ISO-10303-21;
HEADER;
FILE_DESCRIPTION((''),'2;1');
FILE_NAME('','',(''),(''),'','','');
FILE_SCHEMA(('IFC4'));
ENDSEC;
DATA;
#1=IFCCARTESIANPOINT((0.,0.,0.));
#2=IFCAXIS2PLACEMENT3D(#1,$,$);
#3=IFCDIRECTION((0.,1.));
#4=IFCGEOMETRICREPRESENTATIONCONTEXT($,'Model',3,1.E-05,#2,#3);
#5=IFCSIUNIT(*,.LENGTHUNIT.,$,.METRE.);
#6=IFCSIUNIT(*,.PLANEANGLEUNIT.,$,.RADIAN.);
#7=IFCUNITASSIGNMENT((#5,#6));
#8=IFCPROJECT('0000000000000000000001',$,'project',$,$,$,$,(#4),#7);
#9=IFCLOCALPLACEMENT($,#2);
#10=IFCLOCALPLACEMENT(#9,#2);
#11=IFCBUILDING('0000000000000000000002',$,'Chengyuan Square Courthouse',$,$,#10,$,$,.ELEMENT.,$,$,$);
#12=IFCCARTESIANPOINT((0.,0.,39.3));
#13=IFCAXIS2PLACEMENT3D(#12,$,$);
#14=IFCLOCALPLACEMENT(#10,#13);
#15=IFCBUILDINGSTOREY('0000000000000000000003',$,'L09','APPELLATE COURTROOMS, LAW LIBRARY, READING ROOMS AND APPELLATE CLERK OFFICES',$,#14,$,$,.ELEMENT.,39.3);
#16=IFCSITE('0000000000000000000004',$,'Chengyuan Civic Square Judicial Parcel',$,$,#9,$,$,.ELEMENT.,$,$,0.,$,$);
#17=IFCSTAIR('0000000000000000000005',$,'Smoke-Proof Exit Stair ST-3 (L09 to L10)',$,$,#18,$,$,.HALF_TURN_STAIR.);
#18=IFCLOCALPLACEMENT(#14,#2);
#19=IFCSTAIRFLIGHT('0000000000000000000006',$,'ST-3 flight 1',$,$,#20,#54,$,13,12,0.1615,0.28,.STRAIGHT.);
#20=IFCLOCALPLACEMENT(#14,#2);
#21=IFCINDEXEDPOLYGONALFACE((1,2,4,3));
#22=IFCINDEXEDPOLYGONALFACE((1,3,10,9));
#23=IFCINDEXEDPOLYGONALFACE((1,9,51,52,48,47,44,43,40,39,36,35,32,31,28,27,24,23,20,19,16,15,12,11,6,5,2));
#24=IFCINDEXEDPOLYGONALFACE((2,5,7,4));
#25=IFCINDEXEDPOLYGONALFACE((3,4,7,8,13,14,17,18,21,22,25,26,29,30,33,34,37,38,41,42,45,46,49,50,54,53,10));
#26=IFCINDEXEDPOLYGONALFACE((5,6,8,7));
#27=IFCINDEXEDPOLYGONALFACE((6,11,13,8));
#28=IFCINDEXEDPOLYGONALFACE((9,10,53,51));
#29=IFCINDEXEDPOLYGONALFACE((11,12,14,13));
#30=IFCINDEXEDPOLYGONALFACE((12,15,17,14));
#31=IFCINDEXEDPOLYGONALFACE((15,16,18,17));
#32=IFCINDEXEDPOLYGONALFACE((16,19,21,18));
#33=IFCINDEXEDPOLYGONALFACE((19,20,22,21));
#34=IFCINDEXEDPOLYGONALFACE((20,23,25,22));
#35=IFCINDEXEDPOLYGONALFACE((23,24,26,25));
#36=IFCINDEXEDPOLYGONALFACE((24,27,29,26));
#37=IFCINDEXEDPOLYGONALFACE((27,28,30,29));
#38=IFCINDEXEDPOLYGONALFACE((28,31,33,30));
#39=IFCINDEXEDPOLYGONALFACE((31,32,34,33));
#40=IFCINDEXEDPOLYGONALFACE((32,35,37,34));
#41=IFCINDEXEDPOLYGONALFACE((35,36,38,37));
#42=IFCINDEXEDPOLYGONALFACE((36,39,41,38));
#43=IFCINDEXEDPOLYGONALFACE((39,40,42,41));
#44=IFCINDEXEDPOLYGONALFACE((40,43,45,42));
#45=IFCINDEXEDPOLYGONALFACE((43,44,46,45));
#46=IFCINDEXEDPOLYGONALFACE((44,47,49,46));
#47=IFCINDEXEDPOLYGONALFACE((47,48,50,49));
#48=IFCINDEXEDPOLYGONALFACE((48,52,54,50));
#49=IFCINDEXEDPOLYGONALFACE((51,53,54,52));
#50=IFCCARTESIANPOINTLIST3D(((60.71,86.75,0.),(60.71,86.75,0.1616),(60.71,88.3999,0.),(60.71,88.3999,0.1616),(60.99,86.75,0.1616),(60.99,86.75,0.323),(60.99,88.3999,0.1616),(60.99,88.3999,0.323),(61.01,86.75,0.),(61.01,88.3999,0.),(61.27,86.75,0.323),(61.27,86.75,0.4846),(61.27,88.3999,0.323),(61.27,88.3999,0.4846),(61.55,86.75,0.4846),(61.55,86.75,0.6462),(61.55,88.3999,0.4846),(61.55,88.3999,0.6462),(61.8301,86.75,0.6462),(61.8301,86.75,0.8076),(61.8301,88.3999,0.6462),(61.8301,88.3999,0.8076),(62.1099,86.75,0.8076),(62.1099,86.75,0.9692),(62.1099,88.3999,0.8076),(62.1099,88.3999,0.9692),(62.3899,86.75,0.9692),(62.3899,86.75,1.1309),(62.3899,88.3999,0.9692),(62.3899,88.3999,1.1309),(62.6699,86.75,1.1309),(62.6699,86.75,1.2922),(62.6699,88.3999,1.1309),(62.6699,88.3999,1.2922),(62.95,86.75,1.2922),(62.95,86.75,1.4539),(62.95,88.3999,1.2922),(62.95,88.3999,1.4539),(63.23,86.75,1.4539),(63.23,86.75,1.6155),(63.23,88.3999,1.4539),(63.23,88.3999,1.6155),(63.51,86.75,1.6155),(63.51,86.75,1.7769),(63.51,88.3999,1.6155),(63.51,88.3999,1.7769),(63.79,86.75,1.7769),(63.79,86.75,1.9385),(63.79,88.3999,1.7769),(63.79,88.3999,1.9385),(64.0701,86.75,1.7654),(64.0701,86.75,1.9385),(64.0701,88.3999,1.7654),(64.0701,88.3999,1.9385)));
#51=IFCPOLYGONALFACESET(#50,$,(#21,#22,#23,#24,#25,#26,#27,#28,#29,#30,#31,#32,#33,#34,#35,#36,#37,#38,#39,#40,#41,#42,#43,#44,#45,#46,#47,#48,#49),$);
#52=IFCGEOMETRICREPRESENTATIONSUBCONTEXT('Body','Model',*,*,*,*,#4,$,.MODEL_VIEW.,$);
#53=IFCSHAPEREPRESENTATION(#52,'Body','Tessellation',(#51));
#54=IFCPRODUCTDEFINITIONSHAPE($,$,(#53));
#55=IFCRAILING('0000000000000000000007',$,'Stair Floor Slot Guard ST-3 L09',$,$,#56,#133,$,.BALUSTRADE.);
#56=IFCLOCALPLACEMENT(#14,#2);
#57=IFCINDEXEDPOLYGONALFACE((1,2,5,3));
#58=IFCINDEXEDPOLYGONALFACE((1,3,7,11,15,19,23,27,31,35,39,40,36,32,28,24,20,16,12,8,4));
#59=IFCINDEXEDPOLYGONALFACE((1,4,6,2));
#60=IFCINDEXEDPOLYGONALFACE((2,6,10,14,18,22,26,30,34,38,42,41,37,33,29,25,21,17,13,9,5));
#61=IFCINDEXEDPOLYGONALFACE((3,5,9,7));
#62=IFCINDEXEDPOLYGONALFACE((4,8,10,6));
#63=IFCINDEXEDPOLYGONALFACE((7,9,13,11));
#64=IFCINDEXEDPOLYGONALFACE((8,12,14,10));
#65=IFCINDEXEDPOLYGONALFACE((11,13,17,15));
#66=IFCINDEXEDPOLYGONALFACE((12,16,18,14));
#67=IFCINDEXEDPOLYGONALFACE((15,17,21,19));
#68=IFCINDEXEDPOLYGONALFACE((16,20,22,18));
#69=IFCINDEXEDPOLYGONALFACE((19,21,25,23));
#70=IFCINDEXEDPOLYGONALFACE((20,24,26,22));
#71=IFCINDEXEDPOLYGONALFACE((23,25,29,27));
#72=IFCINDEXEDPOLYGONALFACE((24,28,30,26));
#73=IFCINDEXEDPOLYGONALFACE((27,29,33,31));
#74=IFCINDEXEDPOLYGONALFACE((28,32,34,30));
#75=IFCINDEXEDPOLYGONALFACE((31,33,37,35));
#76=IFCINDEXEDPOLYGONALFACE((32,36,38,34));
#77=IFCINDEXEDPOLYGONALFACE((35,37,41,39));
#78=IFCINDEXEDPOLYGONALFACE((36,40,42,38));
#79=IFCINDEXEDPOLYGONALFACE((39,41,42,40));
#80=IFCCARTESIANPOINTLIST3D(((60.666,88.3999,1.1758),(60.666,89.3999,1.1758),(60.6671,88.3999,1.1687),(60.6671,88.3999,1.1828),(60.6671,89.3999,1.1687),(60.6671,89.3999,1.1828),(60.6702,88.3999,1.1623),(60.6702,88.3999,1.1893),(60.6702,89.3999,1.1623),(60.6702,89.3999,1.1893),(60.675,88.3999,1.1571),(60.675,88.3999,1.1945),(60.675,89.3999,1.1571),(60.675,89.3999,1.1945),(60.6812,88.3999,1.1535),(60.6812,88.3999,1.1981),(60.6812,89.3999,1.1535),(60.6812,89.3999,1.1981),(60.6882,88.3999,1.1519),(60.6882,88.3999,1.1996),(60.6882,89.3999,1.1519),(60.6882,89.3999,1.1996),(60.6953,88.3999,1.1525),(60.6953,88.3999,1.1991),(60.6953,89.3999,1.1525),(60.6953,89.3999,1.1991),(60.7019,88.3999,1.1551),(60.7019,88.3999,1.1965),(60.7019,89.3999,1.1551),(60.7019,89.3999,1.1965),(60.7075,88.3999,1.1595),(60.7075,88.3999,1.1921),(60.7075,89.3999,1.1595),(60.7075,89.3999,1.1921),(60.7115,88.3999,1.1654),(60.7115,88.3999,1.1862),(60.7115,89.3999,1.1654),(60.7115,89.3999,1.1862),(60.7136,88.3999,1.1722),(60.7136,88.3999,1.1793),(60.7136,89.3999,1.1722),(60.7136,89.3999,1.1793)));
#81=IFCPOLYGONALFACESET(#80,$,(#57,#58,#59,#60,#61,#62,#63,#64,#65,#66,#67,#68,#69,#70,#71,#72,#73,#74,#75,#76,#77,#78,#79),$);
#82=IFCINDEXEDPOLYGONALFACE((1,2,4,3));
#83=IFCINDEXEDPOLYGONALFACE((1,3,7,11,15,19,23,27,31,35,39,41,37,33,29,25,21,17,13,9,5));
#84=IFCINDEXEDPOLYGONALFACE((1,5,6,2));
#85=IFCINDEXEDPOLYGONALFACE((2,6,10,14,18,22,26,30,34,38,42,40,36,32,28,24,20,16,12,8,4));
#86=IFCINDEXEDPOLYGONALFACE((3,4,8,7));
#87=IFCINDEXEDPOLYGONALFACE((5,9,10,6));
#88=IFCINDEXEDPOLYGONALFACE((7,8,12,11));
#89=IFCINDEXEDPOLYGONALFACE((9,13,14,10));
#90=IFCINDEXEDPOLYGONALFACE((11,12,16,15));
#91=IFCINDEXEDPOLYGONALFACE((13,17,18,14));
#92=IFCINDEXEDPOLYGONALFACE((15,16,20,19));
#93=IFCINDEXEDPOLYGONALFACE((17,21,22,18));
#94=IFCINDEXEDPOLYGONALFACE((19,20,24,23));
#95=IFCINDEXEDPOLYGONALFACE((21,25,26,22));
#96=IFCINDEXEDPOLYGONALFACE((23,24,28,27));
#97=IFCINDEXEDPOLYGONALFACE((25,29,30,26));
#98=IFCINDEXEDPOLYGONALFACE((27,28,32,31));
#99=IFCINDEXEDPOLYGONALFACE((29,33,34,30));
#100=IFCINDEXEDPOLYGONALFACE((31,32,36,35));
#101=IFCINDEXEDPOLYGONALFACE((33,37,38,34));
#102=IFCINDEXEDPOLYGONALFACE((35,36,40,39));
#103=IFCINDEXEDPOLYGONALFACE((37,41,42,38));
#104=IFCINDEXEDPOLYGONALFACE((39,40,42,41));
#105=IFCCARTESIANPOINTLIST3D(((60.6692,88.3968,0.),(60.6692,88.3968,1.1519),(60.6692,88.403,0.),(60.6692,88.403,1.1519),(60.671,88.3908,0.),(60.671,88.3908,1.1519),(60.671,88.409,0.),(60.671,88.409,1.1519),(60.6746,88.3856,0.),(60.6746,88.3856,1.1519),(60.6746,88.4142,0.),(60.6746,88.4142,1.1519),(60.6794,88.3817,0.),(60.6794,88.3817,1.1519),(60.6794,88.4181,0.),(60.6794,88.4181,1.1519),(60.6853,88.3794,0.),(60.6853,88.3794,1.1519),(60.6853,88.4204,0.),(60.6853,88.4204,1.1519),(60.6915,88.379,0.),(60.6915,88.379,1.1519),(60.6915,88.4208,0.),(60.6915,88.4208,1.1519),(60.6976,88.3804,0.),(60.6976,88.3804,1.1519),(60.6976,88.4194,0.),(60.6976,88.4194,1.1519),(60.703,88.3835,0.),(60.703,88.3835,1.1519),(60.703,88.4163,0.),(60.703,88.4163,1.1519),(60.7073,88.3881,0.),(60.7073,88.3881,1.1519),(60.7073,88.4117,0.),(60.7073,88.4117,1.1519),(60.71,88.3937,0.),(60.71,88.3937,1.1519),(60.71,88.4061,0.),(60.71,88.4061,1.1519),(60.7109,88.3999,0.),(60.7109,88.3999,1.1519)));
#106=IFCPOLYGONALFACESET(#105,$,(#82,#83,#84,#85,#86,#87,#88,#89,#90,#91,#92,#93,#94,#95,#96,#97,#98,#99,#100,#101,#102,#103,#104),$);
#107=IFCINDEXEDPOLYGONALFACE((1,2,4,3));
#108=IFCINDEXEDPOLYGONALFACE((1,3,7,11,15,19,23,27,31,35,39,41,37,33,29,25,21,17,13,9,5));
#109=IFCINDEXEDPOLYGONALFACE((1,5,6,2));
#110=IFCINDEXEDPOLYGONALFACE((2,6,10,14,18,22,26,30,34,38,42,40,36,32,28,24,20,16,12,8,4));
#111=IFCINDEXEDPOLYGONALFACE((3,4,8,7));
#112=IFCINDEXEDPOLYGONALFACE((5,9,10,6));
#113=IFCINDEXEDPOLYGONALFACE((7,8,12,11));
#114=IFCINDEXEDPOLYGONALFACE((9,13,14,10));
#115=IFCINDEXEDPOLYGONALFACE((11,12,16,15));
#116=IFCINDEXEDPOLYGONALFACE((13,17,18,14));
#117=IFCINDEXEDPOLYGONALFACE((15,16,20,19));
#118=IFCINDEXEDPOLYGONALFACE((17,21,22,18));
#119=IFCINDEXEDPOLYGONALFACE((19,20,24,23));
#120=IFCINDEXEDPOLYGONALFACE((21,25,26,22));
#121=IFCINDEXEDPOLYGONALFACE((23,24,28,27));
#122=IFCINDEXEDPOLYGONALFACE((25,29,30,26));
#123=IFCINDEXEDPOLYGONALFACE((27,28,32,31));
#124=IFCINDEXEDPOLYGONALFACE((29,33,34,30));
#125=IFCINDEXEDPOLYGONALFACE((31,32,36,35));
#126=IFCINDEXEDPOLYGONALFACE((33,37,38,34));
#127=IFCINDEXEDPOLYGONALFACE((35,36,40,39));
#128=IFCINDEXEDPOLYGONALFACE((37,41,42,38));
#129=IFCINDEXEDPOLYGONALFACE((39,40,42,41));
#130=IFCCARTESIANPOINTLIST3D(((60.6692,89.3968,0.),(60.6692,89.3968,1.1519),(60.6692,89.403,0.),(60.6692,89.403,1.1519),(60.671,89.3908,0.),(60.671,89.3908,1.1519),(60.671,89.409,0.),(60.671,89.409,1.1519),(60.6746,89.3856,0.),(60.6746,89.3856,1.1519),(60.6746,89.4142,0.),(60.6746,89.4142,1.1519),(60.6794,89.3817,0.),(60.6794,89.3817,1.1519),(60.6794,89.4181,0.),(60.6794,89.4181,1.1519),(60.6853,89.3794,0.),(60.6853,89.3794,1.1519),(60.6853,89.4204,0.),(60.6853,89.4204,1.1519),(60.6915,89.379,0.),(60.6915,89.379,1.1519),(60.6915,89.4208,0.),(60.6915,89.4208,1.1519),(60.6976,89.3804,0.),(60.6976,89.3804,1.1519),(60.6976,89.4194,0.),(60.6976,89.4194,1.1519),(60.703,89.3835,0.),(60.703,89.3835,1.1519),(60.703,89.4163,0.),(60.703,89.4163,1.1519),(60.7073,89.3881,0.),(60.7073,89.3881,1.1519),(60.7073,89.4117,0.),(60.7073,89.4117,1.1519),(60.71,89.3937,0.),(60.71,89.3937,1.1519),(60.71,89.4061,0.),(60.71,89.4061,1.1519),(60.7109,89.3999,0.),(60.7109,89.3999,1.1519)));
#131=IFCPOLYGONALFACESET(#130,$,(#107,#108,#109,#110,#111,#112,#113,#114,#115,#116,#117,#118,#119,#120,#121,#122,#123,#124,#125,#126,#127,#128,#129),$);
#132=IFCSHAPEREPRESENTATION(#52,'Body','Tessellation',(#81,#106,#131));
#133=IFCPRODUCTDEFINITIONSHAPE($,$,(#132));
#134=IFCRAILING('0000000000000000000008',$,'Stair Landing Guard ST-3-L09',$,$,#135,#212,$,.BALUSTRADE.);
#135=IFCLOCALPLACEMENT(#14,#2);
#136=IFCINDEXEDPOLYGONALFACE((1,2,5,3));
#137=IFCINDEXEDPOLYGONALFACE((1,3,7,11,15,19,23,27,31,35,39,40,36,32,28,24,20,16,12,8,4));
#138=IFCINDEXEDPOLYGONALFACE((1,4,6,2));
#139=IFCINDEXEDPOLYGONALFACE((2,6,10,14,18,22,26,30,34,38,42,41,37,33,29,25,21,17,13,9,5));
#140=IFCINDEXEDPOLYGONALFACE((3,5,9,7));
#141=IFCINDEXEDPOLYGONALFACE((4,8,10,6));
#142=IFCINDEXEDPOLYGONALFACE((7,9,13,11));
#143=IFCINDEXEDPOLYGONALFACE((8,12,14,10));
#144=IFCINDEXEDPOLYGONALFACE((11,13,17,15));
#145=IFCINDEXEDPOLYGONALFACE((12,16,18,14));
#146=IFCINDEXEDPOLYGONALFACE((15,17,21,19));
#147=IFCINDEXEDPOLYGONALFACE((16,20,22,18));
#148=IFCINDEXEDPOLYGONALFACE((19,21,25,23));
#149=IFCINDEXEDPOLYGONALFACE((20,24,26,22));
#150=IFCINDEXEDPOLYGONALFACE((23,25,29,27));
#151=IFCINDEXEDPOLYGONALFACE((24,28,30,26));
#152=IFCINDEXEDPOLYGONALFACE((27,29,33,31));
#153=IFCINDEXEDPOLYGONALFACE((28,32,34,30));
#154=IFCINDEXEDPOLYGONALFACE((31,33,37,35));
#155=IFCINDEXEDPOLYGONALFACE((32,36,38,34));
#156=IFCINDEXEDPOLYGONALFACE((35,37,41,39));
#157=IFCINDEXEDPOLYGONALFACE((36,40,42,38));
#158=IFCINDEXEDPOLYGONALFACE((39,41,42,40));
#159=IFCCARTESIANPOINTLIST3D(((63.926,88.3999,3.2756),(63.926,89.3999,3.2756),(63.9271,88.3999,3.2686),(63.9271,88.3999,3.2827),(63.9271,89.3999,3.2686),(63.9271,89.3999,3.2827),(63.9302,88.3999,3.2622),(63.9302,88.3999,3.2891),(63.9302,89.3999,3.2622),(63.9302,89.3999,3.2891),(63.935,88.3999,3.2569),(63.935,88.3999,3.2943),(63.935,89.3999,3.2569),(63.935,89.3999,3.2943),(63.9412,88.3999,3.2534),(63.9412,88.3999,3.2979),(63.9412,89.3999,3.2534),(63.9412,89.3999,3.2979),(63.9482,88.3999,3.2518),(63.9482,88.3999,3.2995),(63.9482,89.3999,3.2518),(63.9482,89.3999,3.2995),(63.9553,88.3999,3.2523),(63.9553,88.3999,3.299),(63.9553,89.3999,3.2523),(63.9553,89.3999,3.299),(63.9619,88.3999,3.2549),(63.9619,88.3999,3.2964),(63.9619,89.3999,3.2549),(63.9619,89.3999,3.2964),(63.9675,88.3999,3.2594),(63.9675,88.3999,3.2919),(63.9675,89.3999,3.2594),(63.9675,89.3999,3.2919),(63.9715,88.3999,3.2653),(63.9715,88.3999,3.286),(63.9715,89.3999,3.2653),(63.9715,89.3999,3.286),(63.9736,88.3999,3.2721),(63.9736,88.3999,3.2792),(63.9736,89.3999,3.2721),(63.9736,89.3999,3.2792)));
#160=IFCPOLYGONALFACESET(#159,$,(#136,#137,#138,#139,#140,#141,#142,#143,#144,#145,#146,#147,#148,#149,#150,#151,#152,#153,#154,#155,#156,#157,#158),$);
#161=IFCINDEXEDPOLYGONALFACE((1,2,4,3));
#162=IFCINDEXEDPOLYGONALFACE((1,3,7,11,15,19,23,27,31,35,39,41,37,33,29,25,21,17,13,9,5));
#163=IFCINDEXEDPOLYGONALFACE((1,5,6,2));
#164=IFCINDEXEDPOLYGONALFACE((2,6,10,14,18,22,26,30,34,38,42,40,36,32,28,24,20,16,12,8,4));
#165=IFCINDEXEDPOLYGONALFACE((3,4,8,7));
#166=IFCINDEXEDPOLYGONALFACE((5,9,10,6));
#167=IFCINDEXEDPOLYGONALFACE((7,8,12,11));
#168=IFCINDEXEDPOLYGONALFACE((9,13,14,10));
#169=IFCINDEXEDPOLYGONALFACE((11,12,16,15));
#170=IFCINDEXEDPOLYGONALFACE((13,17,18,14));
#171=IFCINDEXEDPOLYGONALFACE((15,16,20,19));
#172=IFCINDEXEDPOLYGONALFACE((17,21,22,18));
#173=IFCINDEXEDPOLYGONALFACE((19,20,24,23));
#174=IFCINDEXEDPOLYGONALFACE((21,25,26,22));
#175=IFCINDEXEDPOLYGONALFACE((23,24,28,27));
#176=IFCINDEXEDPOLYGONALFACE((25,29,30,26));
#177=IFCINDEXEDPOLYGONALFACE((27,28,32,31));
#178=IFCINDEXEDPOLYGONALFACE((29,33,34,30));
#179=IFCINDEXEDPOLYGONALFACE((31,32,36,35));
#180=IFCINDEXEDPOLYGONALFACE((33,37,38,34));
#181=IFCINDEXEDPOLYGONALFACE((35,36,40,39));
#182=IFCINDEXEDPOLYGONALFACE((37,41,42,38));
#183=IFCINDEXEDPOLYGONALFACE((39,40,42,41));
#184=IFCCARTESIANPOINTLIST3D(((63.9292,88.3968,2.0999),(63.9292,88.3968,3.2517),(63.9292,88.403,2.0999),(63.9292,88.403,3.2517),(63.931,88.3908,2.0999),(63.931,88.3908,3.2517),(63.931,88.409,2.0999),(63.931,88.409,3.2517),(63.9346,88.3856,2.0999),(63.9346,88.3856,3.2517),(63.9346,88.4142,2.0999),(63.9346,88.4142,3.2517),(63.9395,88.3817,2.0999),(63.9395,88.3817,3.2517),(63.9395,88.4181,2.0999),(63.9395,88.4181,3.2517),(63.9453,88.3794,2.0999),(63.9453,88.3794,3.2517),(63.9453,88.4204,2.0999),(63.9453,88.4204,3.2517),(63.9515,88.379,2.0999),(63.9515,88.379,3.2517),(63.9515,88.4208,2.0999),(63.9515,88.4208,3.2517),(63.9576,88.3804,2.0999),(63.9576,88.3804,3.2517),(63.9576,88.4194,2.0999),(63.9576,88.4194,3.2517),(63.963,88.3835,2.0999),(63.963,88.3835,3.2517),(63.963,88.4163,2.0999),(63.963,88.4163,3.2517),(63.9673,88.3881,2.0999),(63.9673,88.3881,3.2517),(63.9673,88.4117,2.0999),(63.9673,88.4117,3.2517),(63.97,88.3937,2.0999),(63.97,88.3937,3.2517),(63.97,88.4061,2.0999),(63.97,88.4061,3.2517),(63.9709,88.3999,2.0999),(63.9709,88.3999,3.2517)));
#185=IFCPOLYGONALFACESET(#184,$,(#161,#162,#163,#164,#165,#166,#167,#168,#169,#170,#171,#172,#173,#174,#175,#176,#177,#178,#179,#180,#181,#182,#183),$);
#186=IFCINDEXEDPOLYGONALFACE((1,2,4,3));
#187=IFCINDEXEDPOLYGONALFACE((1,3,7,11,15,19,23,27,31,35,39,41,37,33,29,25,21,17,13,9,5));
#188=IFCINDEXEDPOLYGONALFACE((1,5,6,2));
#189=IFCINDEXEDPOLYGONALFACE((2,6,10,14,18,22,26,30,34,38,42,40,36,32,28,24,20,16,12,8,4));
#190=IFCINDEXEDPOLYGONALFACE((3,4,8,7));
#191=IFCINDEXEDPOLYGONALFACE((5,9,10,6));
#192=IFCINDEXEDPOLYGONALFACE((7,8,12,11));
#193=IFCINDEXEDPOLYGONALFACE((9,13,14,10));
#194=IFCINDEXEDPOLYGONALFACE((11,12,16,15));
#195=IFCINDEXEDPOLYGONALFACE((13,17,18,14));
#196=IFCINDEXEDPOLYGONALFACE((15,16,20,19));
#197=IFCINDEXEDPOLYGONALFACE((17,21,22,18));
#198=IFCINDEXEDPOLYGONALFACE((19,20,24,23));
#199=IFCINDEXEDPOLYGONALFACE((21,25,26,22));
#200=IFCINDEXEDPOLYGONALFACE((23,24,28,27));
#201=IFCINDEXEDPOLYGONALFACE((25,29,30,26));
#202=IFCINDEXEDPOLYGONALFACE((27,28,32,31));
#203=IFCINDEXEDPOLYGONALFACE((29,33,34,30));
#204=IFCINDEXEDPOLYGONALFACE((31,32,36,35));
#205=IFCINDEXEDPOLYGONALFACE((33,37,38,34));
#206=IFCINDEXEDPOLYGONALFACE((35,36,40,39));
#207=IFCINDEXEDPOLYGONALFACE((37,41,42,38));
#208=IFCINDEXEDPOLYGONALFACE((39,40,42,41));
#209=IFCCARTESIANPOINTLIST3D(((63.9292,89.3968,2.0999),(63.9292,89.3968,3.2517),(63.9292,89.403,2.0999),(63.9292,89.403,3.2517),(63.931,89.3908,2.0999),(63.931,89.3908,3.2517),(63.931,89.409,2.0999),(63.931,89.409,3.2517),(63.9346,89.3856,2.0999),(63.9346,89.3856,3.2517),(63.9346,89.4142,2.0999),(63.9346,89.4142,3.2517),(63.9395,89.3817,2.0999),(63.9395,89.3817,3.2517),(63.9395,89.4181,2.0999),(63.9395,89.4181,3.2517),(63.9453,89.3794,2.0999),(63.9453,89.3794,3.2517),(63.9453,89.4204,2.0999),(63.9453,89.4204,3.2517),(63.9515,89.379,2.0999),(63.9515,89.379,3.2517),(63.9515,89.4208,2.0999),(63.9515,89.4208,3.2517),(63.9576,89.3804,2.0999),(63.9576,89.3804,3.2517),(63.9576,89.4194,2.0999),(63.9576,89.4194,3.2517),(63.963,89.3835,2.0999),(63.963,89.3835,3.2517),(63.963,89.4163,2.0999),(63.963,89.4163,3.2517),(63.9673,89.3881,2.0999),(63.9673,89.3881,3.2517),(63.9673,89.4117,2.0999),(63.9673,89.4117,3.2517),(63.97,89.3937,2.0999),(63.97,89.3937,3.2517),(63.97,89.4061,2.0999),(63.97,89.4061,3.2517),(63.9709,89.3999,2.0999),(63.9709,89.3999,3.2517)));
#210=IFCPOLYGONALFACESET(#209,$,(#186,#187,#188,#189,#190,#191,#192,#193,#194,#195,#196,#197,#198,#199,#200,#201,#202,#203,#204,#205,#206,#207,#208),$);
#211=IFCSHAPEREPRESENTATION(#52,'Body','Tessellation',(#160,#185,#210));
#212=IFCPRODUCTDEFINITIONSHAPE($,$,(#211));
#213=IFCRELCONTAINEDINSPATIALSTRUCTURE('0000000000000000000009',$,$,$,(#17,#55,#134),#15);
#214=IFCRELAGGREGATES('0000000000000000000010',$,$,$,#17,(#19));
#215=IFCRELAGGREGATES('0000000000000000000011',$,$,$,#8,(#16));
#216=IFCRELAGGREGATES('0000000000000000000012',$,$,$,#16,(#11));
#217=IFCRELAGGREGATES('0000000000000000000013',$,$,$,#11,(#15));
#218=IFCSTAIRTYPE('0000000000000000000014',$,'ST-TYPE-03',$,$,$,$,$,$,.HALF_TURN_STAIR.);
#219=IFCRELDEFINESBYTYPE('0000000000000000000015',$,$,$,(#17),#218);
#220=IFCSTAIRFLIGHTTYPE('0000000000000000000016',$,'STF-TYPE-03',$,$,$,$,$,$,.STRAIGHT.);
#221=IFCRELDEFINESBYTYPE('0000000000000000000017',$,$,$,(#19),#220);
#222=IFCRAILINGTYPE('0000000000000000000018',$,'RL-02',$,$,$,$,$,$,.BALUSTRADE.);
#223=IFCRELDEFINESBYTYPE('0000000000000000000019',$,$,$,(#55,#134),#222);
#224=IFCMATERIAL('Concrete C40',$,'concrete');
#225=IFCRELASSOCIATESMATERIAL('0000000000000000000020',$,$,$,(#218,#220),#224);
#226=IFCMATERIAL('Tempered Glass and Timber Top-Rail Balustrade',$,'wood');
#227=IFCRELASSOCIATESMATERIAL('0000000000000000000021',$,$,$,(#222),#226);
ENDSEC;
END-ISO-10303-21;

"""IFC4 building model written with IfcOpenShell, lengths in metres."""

from ifc_helpers import new_model, si_unit, direction, frame, origin, origin_2d, place, context, subcontext, project, spatial, polyline, circle, outline, extrude, material, type_object, element, aggregate, save


model = new_model("IFC4")

# Units and contexts
model_context = context("Model", 3, precision=1e-05, world=origin(), true_north=direction((0.0, 1.0)))
body_context = subcontext(model_context, "Body", "Model", "MODEL_VIEW")
ifc_project = project(units=[si_unit("LENGTHUNIT", "METRE"), si_unit("PLANEANGLEUNIT", "RADIAN")], contexts=[model_context])

# Site, building, storey
site_placement = place(None, origin())
site = spatial("IfcSite", under=ifc_project, at=site_placement, Name="Chengyuan Civic Square Judicial Parcel", CompositionType="ELEMENT", RefElevation=0.0)
building_placement = place(site_placement, origin())
building = spatial("IfcBuilding", under=site, at=building_placement, Name="Chengyuan Square Courthouse", CompositionType="ELEMENT")
storey_placement = place(building_placement, frame((0.0, 0.0, 39.3)))
storey = spatial("IfcBuildingStorey", under=building, at=storey_placement, Name="L09", Description="APPELLATE COURTROOMS, LAW LIBRARY, READING ROOMS AND APPELLATE CLERK OFFICES", CompositionType="ELEMENT", Elevation=39.3)

# Shared definitions
ifc_material_1 = material(Name="Concrete C40", Category="concrete")

# Stair, stair flight
stair_type = type_object("IfcStairType", Name="ST-TYPE-03", PredefinedType="HALF_TURN_STAIR", material=ifc_material_1)
stair_placement = place(storey_placement, origin())
stair = element("IfcStair", 1, at=stair_placement, inside=storey, type_object=stair_type, Name="Smoke-Proof Exit Stair ST-3 (L09 to L10)", PredefinedType="HALF_TURN_STAIR")
stair_flight_type = type_object("IfcStairFlightType", Name="STF-TYPE-03", PredefinedType="STRAIGHT", material=ifc_material_1)
stair_flight_placement = place(storey_placement, frame((60.71, 87.575, 0.0), z_axis=(0.0, 0.0, 1.0), x_axis=(1.0, 0.0, 0.0)))
stair_flight = element("IfcStairFlight", 2, at=stair_flight_placement, type_object=stair_flight_type, Name="ST-3 flight 1", NumberOfRisers=13, NumberOfTreads=12, PredefinedType="STRAIGHT", RiserHeight=0.1615, TreadLength=0.28, context=body_context, shape_type="SweptSolid", body=[
    extrude(outline(polyline([(0.0, 0.0), (0.0, 0.1616), (0.28, 0.1616), (0.28, 0.323), (0.5601, 0.323), (0.5601, 0.4846), (0.8401, 0.4846), (0.8401, 0.6462), (1.1201, 0.6462), (1.1201, 0.8076), (1.3999, 0.8076), (1.3999, 0.9692), (1.6799, 0.9692), (1.6799, 1.1309), (1.96, 1.1309), (1.96, 1.2922), (2.24, 1.2922), (2.24, 1.4539), (2.52, 1.4539), (2.52, 1.6155), (2.8, 1.6155), (2.8, 1.7769), (3.0801, 1.7769), (3.0801, 1.9385), (3.3601, 1.9385), (3.3601, 2.1001), (3.3601, 1.7654), (0.3, 0.0), (0.0, 0.0)])), frame((0.0, 0.825, 0.0), z_axis=(0.0, -1.0, 0.0), x_axis=(1.0, 0.0, 0.0)), (0.0, 0.0, 1.0), 1.6499),
])
aggregate(stair, [stair_flight])

# Railings
ifc_material_2 = material(Name="Tempered Glass and Timber Top-Rail Balustrade", Category="wood")
railing_type_1 = type_object("IfcRailingType", Name="RL-02", PredefinedType="BALUSTRADE", material=ifc_material_2)
for number, where, name in (
    (3, (60.6899, 88.3999, 0.0), "Stair Floor Slot Guard ST-3 L09"),
    (4, (63.95, 88.3999, 2.0999), "Stair Landing Guard ST-3-L09"),
):
    element("IfcRailing", number, at=place(storey_placement, frame(where)), inside=storey, type_object=railing_type_1, Name=name, PredefinedType="BALUSTRADE", context=body_context, shape_type="SweptSolid", body=[
        extrude(circle(Radius=0.0239, at=origin_2d()), frame((0.0, 0.0, 1.1758), z_axis=(0.0, 1.0, 0.0), x_axis=(-1.0, 0.0, 0.0)), (0.0, 0.0, 1.0), 1.0),
        extrude(circle(Radius=0.021, at=origin_2d()), origin(), (0.0, 0.0, 1.0), 1.1519),
        extrude(circle(Radius=0.021, at=origin_2d()), frame((0.0, 1.0, 0.0)), (0.0, 0.0, 1.0), 1.1519),
    ])

save(model, "model.ifc")
